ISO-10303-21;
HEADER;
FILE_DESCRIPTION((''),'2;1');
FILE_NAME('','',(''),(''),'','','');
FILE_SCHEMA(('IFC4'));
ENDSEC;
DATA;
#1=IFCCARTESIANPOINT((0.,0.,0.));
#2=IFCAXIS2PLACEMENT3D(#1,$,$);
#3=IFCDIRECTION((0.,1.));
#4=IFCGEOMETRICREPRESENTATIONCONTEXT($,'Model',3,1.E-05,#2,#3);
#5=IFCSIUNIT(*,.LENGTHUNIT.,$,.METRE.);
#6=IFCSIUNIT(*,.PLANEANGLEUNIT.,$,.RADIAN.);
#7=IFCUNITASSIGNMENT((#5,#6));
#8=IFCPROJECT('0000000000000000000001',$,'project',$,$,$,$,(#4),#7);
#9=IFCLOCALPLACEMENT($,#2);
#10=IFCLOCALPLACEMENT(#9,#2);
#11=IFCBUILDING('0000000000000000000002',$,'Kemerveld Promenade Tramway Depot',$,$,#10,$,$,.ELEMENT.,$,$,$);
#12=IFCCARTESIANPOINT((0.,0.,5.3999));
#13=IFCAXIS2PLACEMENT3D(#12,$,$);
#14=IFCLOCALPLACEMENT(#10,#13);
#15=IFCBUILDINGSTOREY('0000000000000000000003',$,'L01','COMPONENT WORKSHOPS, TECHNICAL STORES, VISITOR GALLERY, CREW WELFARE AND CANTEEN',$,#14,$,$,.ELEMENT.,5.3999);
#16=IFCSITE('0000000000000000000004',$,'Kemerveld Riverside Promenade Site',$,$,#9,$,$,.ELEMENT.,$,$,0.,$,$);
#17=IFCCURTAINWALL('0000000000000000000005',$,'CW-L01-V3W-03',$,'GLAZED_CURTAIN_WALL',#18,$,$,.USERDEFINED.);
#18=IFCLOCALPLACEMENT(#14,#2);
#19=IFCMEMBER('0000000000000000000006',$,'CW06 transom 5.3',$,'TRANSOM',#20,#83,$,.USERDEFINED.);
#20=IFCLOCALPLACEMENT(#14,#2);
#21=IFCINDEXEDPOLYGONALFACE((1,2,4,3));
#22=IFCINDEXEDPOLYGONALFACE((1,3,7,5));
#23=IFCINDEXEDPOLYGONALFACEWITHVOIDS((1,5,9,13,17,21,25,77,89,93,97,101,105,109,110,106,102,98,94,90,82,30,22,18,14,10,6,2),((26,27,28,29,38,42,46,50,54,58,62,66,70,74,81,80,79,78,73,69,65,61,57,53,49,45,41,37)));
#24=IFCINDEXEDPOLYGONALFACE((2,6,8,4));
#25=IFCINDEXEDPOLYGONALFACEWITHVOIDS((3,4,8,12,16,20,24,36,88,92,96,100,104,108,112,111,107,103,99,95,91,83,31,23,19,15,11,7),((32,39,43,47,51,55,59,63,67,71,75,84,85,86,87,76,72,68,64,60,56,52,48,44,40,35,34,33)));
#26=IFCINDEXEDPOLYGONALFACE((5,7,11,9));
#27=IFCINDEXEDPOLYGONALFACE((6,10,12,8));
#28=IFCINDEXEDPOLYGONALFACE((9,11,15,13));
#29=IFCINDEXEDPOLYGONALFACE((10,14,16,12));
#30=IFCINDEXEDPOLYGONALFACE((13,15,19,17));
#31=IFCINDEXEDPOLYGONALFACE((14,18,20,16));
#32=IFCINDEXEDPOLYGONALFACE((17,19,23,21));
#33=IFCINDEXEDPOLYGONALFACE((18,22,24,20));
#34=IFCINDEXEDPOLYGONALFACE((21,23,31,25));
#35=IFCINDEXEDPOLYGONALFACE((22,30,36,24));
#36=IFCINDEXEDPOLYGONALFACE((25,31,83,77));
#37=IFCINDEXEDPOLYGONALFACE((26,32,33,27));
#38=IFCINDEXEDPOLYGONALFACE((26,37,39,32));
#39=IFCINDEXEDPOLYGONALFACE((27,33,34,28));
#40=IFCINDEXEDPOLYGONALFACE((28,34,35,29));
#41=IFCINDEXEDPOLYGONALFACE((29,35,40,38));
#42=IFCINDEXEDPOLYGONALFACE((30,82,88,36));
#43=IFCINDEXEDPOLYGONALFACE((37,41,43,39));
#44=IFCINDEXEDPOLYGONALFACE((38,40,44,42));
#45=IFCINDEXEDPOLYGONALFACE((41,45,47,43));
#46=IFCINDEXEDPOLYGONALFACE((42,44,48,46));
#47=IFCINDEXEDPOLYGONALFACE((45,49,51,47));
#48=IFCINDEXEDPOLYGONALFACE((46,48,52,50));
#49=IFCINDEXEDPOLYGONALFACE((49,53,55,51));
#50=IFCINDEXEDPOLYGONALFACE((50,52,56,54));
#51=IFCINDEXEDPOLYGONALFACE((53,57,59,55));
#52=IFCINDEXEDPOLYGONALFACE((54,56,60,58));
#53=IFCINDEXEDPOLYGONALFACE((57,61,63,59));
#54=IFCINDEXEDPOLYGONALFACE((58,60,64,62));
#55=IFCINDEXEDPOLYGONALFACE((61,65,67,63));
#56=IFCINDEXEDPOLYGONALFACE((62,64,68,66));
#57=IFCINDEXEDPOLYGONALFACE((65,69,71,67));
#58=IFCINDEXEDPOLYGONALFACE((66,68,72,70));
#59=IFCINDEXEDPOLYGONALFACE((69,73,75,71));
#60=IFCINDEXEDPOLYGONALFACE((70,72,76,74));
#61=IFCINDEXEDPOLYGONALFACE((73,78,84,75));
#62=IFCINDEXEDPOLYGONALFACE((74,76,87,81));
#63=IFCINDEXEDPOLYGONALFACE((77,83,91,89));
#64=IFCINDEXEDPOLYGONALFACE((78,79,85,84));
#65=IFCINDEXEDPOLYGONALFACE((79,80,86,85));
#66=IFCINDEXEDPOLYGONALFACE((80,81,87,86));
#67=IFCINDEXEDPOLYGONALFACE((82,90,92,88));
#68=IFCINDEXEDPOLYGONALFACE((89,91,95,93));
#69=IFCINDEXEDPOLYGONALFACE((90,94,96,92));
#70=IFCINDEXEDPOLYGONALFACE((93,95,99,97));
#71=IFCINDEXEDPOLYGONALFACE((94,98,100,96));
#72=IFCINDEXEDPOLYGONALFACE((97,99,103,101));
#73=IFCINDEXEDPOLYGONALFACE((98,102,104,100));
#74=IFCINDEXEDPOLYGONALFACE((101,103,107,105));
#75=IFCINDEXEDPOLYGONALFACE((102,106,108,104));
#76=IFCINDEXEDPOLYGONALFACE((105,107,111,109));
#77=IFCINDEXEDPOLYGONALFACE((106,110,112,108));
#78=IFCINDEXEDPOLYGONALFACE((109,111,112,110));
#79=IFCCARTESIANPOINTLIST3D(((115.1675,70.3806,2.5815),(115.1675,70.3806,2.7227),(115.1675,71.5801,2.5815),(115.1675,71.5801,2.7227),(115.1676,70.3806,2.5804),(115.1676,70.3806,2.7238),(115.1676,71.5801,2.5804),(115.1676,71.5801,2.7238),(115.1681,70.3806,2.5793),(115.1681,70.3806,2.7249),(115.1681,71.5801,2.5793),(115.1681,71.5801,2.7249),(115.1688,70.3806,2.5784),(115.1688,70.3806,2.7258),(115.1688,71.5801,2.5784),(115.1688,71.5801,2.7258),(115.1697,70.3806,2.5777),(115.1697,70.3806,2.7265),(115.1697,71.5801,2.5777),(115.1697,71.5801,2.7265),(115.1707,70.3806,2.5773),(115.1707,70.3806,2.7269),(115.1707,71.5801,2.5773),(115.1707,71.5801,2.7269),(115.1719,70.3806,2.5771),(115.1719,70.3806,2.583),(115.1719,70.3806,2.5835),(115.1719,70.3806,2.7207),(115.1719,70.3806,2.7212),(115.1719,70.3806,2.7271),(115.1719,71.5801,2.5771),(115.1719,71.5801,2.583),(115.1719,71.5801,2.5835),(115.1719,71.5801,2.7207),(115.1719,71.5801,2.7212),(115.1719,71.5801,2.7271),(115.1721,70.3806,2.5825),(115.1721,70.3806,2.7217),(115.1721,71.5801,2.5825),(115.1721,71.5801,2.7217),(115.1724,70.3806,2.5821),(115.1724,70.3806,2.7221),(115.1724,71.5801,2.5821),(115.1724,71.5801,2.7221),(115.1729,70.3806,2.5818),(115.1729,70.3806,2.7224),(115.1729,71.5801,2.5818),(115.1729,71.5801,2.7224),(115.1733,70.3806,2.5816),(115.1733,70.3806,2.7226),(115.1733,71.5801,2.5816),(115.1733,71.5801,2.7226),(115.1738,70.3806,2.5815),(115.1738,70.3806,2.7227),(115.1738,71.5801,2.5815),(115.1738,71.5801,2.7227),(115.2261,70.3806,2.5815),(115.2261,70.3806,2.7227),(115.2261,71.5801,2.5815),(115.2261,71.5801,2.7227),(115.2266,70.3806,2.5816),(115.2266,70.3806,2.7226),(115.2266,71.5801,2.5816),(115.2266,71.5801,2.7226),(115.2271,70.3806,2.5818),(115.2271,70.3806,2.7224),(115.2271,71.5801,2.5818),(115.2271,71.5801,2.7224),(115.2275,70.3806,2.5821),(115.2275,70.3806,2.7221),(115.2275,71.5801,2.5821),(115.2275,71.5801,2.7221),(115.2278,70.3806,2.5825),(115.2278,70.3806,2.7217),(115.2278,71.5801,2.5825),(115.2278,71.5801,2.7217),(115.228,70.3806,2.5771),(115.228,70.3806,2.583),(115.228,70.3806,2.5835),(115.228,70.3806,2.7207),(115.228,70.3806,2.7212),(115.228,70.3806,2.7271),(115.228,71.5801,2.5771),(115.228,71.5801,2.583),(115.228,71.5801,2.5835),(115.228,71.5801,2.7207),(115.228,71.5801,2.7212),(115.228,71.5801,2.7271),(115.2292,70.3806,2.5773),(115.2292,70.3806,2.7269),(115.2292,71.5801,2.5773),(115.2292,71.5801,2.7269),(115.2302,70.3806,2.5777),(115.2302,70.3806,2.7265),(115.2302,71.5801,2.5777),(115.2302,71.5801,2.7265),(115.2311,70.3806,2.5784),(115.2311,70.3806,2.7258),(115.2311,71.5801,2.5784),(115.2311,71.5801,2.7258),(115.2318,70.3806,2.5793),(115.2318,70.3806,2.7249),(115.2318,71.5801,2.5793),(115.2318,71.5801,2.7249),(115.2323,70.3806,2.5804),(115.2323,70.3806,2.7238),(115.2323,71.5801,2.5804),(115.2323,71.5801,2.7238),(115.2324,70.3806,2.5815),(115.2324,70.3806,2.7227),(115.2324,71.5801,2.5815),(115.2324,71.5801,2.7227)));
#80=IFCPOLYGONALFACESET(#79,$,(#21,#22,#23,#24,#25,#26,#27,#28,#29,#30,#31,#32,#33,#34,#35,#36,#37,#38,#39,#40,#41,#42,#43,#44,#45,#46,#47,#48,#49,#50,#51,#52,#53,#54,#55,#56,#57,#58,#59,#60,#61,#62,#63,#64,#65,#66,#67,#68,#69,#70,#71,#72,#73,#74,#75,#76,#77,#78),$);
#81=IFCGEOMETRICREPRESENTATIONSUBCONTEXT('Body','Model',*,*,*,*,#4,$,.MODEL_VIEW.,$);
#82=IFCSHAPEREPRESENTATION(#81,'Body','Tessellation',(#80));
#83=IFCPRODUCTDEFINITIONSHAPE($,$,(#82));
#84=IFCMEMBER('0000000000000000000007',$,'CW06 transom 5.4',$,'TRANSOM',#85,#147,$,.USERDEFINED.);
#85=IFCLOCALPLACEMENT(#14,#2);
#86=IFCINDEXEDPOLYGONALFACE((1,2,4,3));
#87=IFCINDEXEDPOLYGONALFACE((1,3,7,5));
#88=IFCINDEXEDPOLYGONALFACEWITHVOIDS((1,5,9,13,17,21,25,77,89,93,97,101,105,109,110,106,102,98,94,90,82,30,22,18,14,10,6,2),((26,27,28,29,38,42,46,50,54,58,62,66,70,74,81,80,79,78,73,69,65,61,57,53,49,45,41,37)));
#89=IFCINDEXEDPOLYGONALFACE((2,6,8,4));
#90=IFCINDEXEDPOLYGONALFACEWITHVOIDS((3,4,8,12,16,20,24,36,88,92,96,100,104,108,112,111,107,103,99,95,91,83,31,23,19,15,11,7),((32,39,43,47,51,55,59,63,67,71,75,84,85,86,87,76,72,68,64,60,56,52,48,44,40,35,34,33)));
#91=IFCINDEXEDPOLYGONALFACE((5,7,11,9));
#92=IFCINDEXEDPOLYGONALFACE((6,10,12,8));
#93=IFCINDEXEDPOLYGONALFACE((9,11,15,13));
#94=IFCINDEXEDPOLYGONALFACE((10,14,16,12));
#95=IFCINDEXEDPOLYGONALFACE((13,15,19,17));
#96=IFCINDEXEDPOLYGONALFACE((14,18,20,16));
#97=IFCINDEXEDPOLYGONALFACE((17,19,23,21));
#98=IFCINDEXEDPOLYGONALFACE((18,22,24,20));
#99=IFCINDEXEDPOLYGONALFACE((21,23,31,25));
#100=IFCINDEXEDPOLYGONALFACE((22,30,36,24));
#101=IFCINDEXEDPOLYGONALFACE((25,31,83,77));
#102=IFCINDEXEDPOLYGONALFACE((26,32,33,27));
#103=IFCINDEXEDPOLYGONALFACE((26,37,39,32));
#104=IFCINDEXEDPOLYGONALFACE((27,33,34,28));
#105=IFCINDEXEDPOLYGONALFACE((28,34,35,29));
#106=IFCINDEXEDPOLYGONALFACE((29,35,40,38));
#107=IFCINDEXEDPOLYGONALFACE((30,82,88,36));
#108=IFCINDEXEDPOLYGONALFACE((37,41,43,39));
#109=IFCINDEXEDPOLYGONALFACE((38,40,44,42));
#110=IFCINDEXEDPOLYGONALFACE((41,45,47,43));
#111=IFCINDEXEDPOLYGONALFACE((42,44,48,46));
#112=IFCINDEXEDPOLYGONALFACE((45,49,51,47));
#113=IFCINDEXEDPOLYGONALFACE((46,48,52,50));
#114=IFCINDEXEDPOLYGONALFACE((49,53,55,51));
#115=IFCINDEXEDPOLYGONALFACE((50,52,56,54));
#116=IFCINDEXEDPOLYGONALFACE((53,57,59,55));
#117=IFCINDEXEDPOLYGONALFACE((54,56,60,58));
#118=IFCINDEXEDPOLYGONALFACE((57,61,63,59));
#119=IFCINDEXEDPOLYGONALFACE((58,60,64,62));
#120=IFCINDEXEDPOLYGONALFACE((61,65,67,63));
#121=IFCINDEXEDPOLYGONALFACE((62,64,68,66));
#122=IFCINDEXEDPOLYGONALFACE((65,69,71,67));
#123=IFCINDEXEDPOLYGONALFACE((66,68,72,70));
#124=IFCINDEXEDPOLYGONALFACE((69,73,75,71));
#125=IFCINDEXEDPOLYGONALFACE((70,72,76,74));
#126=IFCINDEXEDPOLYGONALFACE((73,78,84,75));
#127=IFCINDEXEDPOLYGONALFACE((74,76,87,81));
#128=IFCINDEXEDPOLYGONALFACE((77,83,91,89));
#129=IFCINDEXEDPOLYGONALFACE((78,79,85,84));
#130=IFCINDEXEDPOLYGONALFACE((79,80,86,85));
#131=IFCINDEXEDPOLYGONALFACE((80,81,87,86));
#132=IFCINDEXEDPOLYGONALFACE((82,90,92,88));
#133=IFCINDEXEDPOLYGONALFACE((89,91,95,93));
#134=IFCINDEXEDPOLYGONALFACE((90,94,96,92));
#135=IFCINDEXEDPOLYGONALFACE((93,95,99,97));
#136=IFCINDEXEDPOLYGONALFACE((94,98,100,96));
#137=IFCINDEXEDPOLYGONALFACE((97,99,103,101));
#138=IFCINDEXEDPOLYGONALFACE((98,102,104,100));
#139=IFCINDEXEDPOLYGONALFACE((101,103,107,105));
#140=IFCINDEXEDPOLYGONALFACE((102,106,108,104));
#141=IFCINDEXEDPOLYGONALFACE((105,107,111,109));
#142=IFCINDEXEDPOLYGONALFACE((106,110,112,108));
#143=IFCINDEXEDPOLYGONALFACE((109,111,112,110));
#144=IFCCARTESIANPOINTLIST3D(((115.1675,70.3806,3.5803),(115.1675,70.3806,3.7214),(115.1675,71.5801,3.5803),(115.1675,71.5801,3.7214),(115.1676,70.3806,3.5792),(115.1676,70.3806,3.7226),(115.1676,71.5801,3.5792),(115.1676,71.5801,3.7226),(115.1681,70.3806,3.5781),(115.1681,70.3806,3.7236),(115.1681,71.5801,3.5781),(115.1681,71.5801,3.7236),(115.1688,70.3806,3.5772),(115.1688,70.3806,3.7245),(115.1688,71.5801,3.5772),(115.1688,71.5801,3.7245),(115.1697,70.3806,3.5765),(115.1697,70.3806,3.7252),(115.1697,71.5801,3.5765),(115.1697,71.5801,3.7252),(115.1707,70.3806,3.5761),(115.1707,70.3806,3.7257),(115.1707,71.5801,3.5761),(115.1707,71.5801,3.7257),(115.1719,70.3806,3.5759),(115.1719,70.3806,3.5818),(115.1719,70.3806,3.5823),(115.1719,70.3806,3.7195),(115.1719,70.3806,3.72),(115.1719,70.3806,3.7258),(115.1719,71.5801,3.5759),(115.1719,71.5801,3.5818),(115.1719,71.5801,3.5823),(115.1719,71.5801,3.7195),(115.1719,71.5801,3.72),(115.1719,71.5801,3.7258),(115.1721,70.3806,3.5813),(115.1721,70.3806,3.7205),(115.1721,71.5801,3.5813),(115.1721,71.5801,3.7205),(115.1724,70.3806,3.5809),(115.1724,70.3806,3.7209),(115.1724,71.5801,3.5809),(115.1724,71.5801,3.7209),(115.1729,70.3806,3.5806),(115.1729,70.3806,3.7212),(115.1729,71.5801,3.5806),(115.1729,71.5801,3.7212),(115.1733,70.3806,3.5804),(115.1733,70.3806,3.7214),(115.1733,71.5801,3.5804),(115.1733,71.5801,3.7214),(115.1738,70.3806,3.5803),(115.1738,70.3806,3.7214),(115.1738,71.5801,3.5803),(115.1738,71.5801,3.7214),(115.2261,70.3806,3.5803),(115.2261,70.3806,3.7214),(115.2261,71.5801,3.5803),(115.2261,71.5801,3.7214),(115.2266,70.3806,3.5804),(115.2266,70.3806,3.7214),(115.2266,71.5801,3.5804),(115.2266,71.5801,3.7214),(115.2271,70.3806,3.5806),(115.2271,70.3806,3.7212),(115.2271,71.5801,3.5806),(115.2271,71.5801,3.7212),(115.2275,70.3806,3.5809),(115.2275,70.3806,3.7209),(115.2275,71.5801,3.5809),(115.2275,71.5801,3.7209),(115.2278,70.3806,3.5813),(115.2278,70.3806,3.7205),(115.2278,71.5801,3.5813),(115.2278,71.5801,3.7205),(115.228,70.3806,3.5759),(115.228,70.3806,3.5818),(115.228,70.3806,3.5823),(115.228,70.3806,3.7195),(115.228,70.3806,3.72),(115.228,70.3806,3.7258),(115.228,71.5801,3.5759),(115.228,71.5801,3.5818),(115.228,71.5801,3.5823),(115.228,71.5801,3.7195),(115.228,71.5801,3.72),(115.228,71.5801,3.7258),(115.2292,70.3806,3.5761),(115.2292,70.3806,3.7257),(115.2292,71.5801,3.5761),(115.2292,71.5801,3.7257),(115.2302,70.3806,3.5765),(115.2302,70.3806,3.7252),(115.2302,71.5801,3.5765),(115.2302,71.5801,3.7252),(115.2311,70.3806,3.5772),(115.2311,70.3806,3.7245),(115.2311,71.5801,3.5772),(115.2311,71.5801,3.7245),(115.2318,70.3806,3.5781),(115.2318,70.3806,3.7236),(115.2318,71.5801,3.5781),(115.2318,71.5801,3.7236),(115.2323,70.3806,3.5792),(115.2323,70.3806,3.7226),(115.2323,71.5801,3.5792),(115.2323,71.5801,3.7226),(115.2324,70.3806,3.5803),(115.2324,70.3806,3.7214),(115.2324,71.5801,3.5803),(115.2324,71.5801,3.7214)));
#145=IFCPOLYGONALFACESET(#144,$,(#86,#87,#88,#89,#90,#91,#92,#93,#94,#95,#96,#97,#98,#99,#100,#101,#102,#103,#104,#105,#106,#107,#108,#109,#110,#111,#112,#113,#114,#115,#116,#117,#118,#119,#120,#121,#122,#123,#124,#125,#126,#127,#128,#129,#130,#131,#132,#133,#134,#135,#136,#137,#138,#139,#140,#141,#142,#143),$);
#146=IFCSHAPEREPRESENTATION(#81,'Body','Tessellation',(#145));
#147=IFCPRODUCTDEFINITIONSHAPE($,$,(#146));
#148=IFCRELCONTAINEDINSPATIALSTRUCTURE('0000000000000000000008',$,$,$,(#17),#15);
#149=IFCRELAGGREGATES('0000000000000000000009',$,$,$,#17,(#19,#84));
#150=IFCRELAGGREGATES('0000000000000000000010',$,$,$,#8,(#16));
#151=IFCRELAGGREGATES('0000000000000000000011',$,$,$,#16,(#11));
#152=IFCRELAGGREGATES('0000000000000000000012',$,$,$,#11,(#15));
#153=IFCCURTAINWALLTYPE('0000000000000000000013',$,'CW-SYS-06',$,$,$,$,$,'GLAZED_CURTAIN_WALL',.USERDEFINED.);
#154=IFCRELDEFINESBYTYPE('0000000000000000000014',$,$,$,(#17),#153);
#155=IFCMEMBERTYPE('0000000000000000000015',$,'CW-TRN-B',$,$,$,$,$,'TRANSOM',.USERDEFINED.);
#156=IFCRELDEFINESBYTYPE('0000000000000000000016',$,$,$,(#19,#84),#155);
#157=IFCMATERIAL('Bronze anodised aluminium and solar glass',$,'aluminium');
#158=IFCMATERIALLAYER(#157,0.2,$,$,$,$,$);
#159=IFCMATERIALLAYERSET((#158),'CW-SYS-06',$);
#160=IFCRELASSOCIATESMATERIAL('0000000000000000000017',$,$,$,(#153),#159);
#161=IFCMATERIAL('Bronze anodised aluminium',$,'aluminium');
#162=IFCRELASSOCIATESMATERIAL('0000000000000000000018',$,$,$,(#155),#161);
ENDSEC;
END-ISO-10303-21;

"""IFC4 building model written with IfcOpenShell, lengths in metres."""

from ifc_helpers import new_model, si_unit, direction, frame, origin, origin_2d, place, context, subcontext, project, spatial, hollow_rectangle, extrude, material, layer, layer_set, material_profile, profile_set, type_object, element, aggregate, save


model = new_model("IFC4")

# Units and contexts
model_context = context("Model", 3, precision=1e-05, world=origin(), true_north=direction((0.0, 1.0)))
body_context = subcontext(model_context, "Body", "Model", "MODEL_VIEW")
ifc_project = project(units=[si_unit("LENGTHUNIT", "METRE"), si_unit("PLANEANGLEUNIT", "RADIAN")], contexts=[model_context])

# Site, building, storey
site_placement = place(None, origin())
site = spatial("IfcSite", under=ifc_project, at=site_placement, Name="Kemerveld Riverside Promenade Site", CompositionType="ELEMENT", RefElevation=0.0)
building_placement = place(site_placement, origin())
building = spatial("IfcBuilding", under=site, at=building_placement, Name="Kemerveld Promenade Tramway Depot", CompositionType="ELEMENT")
storey_placement = place(building_placement, frame((0.0, 0.0, 5.3999)))
storey = spatial("IfcBuildingStorey", under=building, at=storey_placement, Name="L01", Description="COMPONENT WORKSHOPS, TECHNICAL STORES, VISITOR GALLERY, CREW WELFARE AND CANTEEN", CompositionType="ELEMENT", Elevation=5.3999)

# Curtain wall
ifc_material_1 = material(Name="Bronze anodised aluminium and solar glass", Category="aluminium")
ifc_layer_1 = layer(ifc_material_1, 0.2)
ifc_layer_set_1 = layer_set([ifc_layer_1], Name="CW-SYS-06")
curtain_wall_type_1 = type_object("IfcCurtainWallType", Name="CW-SYS-06", ElementType="GLAZED_CURTAIN_WALL", PredefinedType="USERDEFINED", material=ifc_layer_set_1)
curtain_wall_1_placement = place(storey_placement, origin())
curtain_wall_1 = element("IfcCurtainWall", 1, at=curtain_wall_1_placement, inside=storey, type_object=curtain_wall_type_1, Name="CW-L01-V3W-03", ObjectType="GLAZED_CURTAIN_WALL", PredefinedType="USERDEFINED")
ifc_material_2 = material(Name="Bronze anodised aluminium", Category="aluminium")

# Members
ifc_material_profile_1 = material_profile(ifc_material_2, hollow_rectangle(XDim=0.0649, YDim=0.1499, WallThickness=0.0044, InnerFilletRadius=0.002, OuterFilletRadius=0.0044, at=origin_2d()), Name="CW-TRN-150x65")
ifc_profile_set_1 = profile_set([ifc_material_profile_1], Name="Bronze anodised aluminium")
member_type_1 = type_object("IfcMemberType", Name="CW-TRN-B", ElementType="TRANSOM", PredefinedType="USERDEFINED", material=ifc_profile_set_1)
member_1_placement = place(storey_placement, frame((115.2, 70.3806, 2.6521), z_axis=(0.0, 1.0, 0.0), x_axis=(-1.0, 0.0, 0.0)))
member_1 = element("IfcMember", 2, at=member_1_placement, type_object=member_type_1, Name="CW06 transom 5.3", ObjectType="TRANSOM", PredefinedType="USERDEFINED", context=body_context, shape_type="SweptSolid", body=[
    extrude(hollow_rectangle(XDim=0.0649, YDim=0.1499, WallThickness=0.0044, InnerFilletRadius=0.002, OuterFilletRadius=0.0044, at=origin_2d()), origin(), (0.0, 0.0, 1.0), 1.1995),
])
member_2_placement = place(storey_placement, frame((115.2, 70.3806, 3.6509), z_axis=(0.0, 1.0, 0.0), x_axis=(-1.0, 0.0, 0.0)))
member_2 = element("IfcMember", 3, at=member_2_placement, type_object=member_type_1, Name="CW06 transom 5.4", ObjectType="TRANSOM", PredefinedType="USERDEFINED", context=body_context, shape_type="SweptSolid", body=[
    extrude(hollow_rectangle(XDim=0.0649, YDim=0.1499, WallThickness=0.0044, InnerFilletRadius=0.002, OuterFilletRadius=0.0044, at=origin_2d()), origin(), (0.0, 0.0, 1.0), 1.1995),
])

aggregate(curtain_wall_1, [member_1, member_2])

save(model, "model.ifc")
